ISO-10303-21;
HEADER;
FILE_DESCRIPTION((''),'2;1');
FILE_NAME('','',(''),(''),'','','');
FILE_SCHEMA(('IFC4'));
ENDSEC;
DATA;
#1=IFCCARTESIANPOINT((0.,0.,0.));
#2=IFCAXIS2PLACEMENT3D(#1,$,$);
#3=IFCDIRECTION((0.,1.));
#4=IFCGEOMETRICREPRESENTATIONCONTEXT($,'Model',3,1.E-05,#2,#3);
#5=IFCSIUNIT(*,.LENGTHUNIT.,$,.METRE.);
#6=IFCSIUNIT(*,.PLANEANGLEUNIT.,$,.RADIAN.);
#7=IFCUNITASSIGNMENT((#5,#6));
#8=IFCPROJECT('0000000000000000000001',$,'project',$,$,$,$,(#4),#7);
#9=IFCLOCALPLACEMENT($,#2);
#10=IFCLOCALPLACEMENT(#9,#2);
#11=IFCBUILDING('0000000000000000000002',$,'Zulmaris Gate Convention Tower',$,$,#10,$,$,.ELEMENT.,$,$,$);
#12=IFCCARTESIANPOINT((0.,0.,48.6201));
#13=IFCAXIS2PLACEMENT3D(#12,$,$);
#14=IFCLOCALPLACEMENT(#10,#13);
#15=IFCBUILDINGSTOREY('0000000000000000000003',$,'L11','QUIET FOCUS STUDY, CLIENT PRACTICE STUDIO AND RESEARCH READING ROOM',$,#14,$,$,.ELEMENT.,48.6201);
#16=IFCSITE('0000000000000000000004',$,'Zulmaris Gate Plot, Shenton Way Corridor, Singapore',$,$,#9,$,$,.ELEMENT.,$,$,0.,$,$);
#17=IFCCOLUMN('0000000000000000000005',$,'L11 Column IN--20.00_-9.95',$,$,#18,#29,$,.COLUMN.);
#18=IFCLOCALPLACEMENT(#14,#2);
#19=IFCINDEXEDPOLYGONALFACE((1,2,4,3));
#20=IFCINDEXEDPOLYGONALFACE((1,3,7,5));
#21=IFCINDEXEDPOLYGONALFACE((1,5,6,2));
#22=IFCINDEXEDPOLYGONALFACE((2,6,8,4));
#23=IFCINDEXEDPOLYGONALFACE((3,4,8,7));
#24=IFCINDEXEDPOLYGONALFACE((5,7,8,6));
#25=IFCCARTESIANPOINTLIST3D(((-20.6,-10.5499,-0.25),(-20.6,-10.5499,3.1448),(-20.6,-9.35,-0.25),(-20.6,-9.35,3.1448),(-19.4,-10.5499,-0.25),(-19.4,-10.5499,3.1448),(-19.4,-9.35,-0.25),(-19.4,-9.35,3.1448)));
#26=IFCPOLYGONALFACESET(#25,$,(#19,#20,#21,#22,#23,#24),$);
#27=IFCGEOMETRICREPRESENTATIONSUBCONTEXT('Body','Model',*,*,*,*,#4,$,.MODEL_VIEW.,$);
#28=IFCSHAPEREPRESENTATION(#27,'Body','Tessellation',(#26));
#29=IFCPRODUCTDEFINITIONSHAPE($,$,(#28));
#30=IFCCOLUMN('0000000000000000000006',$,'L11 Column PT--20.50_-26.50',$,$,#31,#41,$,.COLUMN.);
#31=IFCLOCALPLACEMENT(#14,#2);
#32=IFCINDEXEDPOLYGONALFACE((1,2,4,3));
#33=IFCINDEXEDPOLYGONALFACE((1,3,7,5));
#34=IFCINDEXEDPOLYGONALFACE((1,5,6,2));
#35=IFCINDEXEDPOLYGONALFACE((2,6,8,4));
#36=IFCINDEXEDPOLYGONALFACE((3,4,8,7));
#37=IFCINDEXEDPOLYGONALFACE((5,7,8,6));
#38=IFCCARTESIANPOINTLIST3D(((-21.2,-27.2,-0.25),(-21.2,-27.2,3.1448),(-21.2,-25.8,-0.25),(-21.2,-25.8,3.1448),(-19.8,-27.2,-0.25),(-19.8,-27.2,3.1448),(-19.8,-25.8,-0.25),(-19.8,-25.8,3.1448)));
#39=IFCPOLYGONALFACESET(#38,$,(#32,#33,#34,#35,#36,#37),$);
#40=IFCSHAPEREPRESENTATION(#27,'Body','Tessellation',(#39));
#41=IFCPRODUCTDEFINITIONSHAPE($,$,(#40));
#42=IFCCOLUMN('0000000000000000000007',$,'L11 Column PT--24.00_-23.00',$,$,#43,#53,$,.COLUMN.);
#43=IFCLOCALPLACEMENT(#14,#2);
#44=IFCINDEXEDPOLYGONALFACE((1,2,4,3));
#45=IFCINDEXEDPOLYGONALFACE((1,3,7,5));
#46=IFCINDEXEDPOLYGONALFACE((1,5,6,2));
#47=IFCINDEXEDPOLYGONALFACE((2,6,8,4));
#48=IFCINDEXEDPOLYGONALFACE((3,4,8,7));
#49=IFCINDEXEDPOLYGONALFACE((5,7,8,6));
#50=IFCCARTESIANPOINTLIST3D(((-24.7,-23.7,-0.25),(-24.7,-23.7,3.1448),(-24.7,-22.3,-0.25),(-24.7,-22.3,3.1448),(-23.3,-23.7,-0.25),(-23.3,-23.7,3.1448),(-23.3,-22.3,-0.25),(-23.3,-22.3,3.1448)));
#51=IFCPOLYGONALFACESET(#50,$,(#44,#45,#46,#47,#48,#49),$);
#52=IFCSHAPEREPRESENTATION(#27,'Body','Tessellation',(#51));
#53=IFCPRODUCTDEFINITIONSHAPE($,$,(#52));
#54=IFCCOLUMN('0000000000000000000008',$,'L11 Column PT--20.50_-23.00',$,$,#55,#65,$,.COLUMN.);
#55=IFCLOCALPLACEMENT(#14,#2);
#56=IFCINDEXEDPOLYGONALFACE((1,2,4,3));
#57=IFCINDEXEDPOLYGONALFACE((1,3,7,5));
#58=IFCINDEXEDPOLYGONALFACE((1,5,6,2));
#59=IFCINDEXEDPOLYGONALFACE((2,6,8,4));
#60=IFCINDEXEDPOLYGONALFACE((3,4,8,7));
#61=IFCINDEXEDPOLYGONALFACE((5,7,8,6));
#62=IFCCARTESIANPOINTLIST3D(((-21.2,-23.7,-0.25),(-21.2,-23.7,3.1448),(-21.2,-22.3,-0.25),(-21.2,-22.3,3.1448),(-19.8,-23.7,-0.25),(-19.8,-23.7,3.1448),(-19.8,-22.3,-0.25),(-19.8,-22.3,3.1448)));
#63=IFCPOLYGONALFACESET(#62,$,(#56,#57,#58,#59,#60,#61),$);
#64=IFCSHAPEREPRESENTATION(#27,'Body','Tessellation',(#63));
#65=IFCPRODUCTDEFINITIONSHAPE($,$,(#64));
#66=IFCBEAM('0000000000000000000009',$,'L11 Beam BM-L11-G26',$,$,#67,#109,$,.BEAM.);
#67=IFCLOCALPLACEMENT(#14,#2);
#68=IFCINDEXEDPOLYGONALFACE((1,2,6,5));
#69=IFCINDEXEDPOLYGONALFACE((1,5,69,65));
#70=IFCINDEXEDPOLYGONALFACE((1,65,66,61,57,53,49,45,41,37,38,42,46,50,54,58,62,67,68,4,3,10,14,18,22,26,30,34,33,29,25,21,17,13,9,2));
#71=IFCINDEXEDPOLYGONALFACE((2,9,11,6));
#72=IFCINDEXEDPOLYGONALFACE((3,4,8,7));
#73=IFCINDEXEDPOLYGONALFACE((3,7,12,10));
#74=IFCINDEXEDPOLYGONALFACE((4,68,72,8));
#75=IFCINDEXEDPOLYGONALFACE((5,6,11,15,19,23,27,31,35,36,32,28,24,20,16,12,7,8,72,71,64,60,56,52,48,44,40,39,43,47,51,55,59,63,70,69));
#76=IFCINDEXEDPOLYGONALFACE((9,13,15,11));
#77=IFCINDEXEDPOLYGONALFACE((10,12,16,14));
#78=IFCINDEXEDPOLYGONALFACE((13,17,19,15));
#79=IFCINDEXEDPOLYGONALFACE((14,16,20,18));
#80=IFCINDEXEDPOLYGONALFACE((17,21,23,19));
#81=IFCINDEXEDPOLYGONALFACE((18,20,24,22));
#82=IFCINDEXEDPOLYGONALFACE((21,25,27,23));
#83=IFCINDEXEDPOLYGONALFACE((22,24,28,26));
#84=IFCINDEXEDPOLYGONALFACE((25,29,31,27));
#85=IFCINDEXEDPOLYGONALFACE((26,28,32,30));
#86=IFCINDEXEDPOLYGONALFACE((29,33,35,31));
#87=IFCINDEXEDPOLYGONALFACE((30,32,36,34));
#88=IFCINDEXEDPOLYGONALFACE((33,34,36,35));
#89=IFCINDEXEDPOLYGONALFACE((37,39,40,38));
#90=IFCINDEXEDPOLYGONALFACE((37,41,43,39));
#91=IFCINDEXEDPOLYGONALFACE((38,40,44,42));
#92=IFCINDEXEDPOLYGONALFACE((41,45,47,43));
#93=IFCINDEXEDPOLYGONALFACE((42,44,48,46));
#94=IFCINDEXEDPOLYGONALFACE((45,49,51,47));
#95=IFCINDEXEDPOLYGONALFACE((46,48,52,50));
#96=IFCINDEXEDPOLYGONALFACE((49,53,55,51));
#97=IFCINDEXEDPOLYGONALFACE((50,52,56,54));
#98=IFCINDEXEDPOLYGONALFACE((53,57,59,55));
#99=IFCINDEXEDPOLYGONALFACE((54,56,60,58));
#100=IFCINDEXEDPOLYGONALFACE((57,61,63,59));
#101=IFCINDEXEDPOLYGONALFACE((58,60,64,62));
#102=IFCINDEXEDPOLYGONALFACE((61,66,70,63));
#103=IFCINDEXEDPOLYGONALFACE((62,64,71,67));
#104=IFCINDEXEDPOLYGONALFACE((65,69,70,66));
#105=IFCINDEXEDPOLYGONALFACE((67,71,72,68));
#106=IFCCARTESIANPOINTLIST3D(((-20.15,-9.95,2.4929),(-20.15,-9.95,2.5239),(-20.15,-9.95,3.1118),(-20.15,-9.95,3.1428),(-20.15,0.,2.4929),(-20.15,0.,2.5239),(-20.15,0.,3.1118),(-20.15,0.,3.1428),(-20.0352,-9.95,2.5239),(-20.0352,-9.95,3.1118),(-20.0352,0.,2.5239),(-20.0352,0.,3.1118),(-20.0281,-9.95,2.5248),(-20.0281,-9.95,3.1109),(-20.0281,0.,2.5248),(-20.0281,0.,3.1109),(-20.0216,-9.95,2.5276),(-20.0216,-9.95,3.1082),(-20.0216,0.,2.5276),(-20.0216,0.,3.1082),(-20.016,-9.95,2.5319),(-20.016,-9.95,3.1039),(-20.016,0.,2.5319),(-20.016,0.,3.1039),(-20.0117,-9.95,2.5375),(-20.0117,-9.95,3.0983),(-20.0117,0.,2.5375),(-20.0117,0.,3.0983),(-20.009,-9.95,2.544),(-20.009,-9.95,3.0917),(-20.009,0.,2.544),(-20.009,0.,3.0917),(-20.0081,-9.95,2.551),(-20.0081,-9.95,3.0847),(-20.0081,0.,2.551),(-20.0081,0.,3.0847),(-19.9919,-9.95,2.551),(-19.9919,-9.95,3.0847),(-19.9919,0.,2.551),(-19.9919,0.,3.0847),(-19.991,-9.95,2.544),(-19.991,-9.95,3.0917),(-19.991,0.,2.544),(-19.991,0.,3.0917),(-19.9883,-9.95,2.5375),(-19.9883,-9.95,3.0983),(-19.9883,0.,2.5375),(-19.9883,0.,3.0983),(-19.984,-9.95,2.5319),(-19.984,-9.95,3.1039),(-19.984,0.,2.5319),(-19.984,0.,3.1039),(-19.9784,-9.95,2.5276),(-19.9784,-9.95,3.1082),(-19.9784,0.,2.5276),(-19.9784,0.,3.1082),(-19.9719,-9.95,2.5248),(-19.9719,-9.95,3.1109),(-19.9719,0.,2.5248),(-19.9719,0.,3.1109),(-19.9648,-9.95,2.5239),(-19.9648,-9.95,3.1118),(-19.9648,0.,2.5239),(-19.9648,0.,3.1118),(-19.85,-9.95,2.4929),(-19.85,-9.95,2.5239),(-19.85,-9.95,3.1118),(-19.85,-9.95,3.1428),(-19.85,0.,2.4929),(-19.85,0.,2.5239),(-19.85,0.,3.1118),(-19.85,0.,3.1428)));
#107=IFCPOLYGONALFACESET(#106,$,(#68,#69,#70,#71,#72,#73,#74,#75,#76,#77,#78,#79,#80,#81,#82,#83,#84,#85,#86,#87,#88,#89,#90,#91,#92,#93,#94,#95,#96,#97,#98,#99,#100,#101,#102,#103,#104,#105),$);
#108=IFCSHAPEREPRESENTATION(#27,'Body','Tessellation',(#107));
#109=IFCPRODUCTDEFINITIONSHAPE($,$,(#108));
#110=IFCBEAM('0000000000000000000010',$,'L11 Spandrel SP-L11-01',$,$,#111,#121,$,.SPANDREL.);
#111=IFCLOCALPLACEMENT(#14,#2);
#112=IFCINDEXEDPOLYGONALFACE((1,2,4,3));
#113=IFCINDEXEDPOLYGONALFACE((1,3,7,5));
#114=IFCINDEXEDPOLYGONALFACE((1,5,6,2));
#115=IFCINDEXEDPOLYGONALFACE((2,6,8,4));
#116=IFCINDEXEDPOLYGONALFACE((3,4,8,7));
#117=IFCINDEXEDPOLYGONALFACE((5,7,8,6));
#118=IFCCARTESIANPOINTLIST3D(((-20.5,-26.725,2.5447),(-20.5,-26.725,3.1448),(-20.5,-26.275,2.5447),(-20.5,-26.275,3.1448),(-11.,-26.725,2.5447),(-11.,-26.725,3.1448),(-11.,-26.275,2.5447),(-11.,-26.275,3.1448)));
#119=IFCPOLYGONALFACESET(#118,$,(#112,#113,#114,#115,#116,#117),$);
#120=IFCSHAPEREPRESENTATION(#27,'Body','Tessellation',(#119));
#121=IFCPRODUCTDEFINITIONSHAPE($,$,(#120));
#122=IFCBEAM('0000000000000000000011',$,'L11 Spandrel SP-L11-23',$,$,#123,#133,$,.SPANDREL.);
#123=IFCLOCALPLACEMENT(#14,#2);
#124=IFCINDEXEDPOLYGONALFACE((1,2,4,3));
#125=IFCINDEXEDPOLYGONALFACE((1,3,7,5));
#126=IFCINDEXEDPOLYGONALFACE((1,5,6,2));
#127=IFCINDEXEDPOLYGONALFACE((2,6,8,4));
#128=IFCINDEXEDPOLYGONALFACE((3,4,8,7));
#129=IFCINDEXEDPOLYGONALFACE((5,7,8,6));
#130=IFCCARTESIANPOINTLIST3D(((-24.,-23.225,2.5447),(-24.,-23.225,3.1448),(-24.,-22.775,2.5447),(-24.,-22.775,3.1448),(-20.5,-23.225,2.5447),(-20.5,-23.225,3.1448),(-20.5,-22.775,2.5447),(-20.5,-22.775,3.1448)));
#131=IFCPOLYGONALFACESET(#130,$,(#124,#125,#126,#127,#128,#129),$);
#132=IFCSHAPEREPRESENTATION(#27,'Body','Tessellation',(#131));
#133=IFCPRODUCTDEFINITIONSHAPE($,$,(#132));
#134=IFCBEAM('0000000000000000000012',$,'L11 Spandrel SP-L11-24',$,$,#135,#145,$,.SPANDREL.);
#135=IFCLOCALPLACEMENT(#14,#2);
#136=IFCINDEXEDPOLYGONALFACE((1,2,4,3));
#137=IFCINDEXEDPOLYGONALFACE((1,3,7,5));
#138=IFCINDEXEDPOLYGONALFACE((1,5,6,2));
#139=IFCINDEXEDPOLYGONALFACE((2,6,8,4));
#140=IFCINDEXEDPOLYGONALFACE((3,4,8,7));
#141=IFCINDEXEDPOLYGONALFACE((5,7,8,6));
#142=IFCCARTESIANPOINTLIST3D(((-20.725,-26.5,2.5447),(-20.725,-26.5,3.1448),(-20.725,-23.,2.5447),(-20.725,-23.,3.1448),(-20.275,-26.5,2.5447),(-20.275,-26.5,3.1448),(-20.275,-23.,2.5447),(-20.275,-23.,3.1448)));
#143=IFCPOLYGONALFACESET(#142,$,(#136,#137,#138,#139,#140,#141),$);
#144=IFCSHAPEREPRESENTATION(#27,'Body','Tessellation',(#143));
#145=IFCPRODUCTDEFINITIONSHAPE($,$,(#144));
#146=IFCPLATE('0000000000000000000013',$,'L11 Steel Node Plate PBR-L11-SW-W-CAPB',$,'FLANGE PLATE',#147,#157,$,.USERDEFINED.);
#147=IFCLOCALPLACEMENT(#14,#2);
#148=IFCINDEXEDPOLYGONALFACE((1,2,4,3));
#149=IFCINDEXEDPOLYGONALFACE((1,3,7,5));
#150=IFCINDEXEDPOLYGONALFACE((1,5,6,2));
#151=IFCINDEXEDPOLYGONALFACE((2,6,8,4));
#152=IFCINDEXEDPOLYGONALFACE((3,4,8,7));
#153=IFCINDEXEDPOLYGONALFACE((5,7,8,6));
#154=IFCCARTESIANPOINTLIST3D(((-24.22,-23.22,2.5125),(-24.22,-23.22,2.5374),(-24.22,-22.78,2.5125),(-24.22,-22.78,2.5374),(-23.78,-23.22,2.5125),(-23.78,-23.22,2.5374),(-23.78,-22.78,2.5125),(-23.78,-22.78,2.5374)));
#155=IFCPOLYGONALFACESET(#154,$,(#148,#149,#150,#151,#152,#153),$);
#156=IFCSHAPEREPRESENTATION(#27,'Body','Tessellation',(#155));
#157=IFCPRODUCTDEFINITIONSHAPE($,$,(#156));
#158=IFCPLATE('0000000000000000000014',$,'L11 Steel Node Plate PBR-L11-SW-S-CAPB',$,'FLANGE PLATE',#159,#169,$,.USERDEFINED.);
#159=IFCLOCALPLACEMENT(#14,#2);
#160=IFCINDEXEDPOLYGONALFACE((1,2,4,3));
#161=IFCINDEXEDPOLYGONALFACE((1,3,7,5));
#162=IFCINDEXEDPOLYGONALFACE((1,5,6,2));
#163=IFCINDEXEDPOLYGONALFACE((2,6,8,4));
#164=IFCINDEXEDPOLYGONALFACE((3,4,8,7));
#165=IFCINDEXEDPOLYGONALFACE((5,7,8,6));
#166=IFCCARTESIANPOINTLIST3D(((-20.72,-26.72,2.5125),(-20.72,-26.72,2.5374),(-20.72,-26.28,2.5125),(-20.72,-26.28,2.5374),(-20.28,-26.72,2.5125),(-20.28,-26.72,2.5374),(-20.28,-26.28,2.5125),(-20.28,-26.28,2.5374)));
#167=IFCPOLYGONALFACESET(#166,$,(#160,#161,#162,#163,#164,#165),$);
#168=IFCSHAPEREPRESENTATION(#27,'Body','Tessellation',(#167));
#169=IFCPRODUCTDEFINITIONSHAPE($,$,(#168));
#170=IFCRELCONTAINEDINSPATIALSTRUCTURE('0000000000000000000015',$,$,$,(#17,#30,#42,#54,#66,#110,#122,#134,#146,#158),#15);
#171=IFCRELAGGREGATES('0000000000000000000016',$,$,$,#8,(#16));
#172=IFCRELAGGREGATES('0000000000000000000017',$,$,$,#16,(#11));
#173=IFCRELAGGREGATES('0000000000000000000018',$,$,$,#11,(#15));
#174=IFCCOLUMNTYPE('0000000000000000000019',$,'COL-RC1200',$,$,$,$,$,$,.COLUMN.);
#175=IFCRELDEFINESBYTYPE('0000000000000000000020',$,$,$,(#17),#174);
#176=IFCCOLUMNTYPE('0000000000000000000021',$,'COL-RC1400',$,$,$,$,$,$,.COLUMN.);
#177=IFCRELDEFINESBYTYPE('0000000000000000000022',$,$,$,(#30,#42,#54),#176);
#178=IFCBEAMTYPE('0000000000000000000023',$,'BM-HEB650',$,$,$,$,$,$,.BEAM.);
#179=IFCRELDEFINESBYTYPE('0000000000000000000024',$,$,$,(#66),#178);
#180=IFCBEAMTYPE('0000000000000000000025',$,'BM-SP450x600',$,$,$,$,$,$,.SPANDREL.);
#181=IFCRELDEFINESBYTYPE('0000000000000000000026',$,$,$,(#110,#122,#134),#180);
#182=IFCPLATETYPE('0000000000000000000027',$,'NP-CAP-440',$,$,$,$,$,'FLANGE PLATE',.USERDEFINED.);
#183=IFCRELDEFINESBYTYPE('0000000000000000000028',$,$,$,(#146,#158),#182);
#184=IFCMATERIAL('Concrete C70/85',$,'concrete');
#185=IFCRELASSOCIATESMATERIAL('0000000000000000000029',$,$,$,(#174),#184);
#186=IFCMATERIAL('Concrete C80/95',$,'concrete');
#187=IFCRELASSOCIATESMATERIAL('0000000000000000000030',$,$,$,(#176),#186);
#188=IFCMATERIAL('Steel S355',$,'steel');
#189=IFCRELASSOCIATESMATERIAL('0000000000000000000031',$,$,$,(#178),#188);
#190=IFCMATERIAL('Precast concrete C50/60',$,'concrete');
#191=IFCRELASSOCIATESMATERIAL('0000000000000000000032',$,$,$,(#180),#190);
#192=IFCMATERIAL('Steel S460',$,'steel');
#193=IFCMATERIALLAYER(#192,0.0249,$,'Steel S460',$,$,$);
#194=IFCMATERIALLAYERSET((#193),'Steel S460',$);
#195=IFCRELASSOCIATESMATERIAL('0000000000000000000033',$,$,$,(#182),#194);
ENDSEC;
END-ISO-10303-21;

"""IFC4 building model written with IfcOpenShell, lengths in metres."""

from ifc_helpers import new_model, si_unit, direction, frame, origin, origin_2d, place, context, subcontext, project, spatial, rectangle, i_section, extrude, material, layer, layer_set, material_profile, profile_set, type_object, element, save


model = new_model("IFC4")

# Units and contexts
model_context = context("Model", 3, precision=1e-05, world=origin(), true_north=direction((0.0, 1.0)))
body_context = subcontext(model_context, "Body", "Model", "MODEL_VIEW")
ifc_project = project(units=[si_unit("LENGTHUNIT", "METRE"), si_unit("PLANEANGLEUNIT", "RADIAN")], contexts=[model_context])

# Site, building, storey
site_placement = place(None, origin())
site = spatial("IfcSite", under=ifc_project, at=site_placement, Name="Zulmaris Gate Plot, Shenton Way Corridor, Singapore", CompositionType="ELEMENT", RefElevation=0.0)
building_placement = place(site_placement, origin())
building = spatial("IfcBuilding", under=site, at=building_placement, Name="Zulmaris Gate Convention Tower", CompositionType="ELEMENT")
storey_placement = place(building_placement, frame((0.0, 0.0, 48.6201)))
storey = spatial("IfcBuildingStorey", under=building, at=storey_placement, Name="L11", Description="QUIET FOCUS STUDY, CLIENT PRACTICE STUDIO AND RESEARCH READING ROOM", CompositionType="ELEMENT", Elevation=48.6201)

# Columns
ifc_material_1 = material(Name="Concrete C70/85", Category="concrete")
ifc_material_profile_1 = material_profile(ifc_material_1, rectangle(XDim=1.2, YDim=1.2, at=origin_2d()), Name="RC COL 1200x1200")
ifc_profile_set_1 = profile_set([ifc_material_profile_1], Name="Concrete C70/85")
column_type_1 = type_object("IfcColumnType", Name="COL-RC1200", PredefinedType="COLUMN", material=ifc_profile_set_1)
column_placement = place(storey_placement, frame((-20.0, -9.95, -0.25), z_axis=(0.0, 0.0, 1.0), x_axis=(1.0, 0.0, 0.0)))
element("IfcColumn", 1, at=column_placement, inside=storey, type_object=column_type_1, Name="L11 Column IN--20.00_-9.95", PredefinedType="COLUMN", context=body_context, shape_type="SweptSolid", body=[
    extrude(rectangle(XDim=1.2, YDim=1.2, at=origin_2d()), origin(), (0.0, 0.0, 1.0), 3.3948),
])
ifc_material_2 = material(Name="Concrete C80/95", Category="concrete")
ifc_material_profile_2 = material_profile(ifc_material_2, rectangle(XDim=1.3999, YDim=1.3999, at=origin_2d()), Name="RC COL 1400x1400")
ifc_profile_set_2 = profile_set([ifc_material_profile_2], Name="Concrete C80/95")
column_type_2 = type_object("IfcColumnType", Name="COL-RC1400", PredefinedType="COLUMN", material=ifc_profile_set_2)
for number, where, z_axis, x_axis, name in (
    (2, (-20.5, -26.5, -0.25), (0.0, 0.0, 1.0), (1.0, 0.0, 0.0), "L11 Column PT--20.50_-26.50"),
    (3, (-24.0, -23.0, -0.25), (0.0, 0.0, 1.0), (1.0, 0.0, 0.0), "L11 Column PT--24.00_-23.00"),
    (4, (-20.5, -23.0, -0.25), (0.0, 0.0, 1.0), (1.0, 0.0, 0.0), "L11 Column PT--20.50_-23.00"),
):
    element("IfcColumn", number, at=place(storey_placement, frame(where, z_axis=z_axis, x_axis=x_axis)), inside=storey, type_object=column_type_2, Name=name, PredefinedType="COLUMN", context=body_context, shape_type="SweptSolid", body=[
        extrude(rectangle(XDim=1.3999, YDim=1.3999, at=origin_2d()), origin(), (0.0, 0.0, 1.0), 3.3948),
    ])

# Beams
ifc_material_3 = material(Name="Steel S355", Category="steel")
ifc_material_profile_3 = material_profile(ifc_material_3, i_section(OverallWidth=0.3, OverallDepth=0.6499, WebThickness=0.0161, FlangeThickness=0.031, FilletRadius=0.0271, at=origin_2d()), Name="HEB 650")
ifc_profile_set_3 = profile_set([ifc_material_profile_3], Name="Steel S355")
beam_type_1 = type_object("IfcBeamType", Name="BM-HEB650", PredefinedType="BEAM", material=ifc_profile_set_3)
beam_1_placement = place(storey_placement, frame((-20.0, -9.95, 2.8179), z_axis=(0.0, 1.0, 0.0), x_axis=(-1.0, 0.0, 0.0)))
element("IfcBeam", 5, at=beam_1_placement, inside=storey, type_object=beam_type_1, Name="L11 Beam BM-L11-G26", PredefinedType="BEAM", context=body_context, shape_type="SweptSolid", body=[
    extrude(i_section(OverallWidth=0.3, OverallDepth=0.6499, WebThickness=0.0161, FlangeThickness=0.031, FilletRadius=0.0271, at=origin_2d()), origin(), (0.0, 0.0, 1.0), 9.95),
])
ifc_material_4 = material(Name="Precast concrete C50/60", Category="concrete")
ifc_material_profile_4 = material_profile(ifc_material_4, rectangle(XDim=0.45, YDim=0.6001, at=origin_2d()), Name="RC SPANDREL 450x600")
ifc_profile_set_4 = profile_set([ifc_material_profile_4], Name="Precast concrete C50/60")
beam_type_2 = type_object("IfcBeamType", Name="BM-SP450x600", PredefinedType="SPANDREL", material=ifc_profile_set_4)
beam_2_placement = place(storey_placement, frame((-20.5, -26.5, 2.8447), z_axis=(1.0, 0.0, 0.0), x_axis=(0.0, 1.0, 0.0)))
element("IfcBeam", 6, at=beam_2_placement, inside=storey, type_object=beam_type_2, Name="L11 Spandrel SP-L11-01", PredefinedType="SPANDREL", context=body_context, shape_type="SweptSolid", body=[
    extrude(rectangle(XDim=0.45, YDim=0.6001, at=origin_2d()), origin(), (0.0, 0.0, 1.0), 9.5),
])
for number, where, z_axis, x_axis, name in (
    (7, (-24.0, -23.0, 2.8447), (1.0, 0.0, 0.0), (0.0, 1.0, 0.0), "L11 Spandrel SP-L11-23"),
    (8, (-20.5, -23.0, 2.8447), (0.0, -1.0, 0.0), (1.0, 0.0, 0.0), "L11 Spandrel SP-L11-24"),
):
    element("IfcBeam", number, at=place(storey_placement, frame(where, z_axis=z_axis, x_axis=x_axis)), inside=storey, type_object=beam_type_2, Name=name, PredefinedType="SPANDREL", context=body_context, shape_type="SweptSolid", body=[
        extrude(rectangle(XDim=0.45, YDim=0.6001, at=origin_2d()), origin(), (0.0, 0.0, 1.0), 3.5),
    ])

# Plates
ifc_material_5 = material(Name="Steel S460", Category="steel")
ifc_layer_1 = layer(ifc_material_5, 0.0249, Name="Steel S460")
ifc_layer_set_1 = layer_set([ifc_layer_1], Name="Steel S460")
plate_type = type_object("IfcPlateType", Name="NP-CAP-440", ElementType="FLANGE PLATE", PredefinedType="USERDEFINED", material=ifc_layer_set_1)
for number, where, z_axis, x_axis, name in (
    (9, (-24.0, -23.0, 2.5125), (0.0, 0.0, 1.0), (1.0, 0.0, 0.0), "L11 Steel Node Plate PBR-L11-SW-W-CAPB"),
    (10, (-20.5, -26.5, 2.5125), (0.0, 0.0, 1.0), (1.0, 0.0, 0.0), "L11 Steel Node Plate PBR-L11-SW-S-CAPB"),
):
    element("IfcPlate", number, at=place(storey_placement, frame(where, z_axis=z_axis, x_axis=x_axis)), inside=storey, type_object=plate_type, Name=name, ObjectType="FLANGE PLATE", PredefinedType="USERDEFINED", context=body_context, shape_type="SweptSolid", body=[
        extrude(rectangle(XDim=0.4399, YDim=0.4399, at=origin_2d()), origin(), (0.0, 0.0, 1.0), 0.0249),
    ])

save(model, "model.ifc")
